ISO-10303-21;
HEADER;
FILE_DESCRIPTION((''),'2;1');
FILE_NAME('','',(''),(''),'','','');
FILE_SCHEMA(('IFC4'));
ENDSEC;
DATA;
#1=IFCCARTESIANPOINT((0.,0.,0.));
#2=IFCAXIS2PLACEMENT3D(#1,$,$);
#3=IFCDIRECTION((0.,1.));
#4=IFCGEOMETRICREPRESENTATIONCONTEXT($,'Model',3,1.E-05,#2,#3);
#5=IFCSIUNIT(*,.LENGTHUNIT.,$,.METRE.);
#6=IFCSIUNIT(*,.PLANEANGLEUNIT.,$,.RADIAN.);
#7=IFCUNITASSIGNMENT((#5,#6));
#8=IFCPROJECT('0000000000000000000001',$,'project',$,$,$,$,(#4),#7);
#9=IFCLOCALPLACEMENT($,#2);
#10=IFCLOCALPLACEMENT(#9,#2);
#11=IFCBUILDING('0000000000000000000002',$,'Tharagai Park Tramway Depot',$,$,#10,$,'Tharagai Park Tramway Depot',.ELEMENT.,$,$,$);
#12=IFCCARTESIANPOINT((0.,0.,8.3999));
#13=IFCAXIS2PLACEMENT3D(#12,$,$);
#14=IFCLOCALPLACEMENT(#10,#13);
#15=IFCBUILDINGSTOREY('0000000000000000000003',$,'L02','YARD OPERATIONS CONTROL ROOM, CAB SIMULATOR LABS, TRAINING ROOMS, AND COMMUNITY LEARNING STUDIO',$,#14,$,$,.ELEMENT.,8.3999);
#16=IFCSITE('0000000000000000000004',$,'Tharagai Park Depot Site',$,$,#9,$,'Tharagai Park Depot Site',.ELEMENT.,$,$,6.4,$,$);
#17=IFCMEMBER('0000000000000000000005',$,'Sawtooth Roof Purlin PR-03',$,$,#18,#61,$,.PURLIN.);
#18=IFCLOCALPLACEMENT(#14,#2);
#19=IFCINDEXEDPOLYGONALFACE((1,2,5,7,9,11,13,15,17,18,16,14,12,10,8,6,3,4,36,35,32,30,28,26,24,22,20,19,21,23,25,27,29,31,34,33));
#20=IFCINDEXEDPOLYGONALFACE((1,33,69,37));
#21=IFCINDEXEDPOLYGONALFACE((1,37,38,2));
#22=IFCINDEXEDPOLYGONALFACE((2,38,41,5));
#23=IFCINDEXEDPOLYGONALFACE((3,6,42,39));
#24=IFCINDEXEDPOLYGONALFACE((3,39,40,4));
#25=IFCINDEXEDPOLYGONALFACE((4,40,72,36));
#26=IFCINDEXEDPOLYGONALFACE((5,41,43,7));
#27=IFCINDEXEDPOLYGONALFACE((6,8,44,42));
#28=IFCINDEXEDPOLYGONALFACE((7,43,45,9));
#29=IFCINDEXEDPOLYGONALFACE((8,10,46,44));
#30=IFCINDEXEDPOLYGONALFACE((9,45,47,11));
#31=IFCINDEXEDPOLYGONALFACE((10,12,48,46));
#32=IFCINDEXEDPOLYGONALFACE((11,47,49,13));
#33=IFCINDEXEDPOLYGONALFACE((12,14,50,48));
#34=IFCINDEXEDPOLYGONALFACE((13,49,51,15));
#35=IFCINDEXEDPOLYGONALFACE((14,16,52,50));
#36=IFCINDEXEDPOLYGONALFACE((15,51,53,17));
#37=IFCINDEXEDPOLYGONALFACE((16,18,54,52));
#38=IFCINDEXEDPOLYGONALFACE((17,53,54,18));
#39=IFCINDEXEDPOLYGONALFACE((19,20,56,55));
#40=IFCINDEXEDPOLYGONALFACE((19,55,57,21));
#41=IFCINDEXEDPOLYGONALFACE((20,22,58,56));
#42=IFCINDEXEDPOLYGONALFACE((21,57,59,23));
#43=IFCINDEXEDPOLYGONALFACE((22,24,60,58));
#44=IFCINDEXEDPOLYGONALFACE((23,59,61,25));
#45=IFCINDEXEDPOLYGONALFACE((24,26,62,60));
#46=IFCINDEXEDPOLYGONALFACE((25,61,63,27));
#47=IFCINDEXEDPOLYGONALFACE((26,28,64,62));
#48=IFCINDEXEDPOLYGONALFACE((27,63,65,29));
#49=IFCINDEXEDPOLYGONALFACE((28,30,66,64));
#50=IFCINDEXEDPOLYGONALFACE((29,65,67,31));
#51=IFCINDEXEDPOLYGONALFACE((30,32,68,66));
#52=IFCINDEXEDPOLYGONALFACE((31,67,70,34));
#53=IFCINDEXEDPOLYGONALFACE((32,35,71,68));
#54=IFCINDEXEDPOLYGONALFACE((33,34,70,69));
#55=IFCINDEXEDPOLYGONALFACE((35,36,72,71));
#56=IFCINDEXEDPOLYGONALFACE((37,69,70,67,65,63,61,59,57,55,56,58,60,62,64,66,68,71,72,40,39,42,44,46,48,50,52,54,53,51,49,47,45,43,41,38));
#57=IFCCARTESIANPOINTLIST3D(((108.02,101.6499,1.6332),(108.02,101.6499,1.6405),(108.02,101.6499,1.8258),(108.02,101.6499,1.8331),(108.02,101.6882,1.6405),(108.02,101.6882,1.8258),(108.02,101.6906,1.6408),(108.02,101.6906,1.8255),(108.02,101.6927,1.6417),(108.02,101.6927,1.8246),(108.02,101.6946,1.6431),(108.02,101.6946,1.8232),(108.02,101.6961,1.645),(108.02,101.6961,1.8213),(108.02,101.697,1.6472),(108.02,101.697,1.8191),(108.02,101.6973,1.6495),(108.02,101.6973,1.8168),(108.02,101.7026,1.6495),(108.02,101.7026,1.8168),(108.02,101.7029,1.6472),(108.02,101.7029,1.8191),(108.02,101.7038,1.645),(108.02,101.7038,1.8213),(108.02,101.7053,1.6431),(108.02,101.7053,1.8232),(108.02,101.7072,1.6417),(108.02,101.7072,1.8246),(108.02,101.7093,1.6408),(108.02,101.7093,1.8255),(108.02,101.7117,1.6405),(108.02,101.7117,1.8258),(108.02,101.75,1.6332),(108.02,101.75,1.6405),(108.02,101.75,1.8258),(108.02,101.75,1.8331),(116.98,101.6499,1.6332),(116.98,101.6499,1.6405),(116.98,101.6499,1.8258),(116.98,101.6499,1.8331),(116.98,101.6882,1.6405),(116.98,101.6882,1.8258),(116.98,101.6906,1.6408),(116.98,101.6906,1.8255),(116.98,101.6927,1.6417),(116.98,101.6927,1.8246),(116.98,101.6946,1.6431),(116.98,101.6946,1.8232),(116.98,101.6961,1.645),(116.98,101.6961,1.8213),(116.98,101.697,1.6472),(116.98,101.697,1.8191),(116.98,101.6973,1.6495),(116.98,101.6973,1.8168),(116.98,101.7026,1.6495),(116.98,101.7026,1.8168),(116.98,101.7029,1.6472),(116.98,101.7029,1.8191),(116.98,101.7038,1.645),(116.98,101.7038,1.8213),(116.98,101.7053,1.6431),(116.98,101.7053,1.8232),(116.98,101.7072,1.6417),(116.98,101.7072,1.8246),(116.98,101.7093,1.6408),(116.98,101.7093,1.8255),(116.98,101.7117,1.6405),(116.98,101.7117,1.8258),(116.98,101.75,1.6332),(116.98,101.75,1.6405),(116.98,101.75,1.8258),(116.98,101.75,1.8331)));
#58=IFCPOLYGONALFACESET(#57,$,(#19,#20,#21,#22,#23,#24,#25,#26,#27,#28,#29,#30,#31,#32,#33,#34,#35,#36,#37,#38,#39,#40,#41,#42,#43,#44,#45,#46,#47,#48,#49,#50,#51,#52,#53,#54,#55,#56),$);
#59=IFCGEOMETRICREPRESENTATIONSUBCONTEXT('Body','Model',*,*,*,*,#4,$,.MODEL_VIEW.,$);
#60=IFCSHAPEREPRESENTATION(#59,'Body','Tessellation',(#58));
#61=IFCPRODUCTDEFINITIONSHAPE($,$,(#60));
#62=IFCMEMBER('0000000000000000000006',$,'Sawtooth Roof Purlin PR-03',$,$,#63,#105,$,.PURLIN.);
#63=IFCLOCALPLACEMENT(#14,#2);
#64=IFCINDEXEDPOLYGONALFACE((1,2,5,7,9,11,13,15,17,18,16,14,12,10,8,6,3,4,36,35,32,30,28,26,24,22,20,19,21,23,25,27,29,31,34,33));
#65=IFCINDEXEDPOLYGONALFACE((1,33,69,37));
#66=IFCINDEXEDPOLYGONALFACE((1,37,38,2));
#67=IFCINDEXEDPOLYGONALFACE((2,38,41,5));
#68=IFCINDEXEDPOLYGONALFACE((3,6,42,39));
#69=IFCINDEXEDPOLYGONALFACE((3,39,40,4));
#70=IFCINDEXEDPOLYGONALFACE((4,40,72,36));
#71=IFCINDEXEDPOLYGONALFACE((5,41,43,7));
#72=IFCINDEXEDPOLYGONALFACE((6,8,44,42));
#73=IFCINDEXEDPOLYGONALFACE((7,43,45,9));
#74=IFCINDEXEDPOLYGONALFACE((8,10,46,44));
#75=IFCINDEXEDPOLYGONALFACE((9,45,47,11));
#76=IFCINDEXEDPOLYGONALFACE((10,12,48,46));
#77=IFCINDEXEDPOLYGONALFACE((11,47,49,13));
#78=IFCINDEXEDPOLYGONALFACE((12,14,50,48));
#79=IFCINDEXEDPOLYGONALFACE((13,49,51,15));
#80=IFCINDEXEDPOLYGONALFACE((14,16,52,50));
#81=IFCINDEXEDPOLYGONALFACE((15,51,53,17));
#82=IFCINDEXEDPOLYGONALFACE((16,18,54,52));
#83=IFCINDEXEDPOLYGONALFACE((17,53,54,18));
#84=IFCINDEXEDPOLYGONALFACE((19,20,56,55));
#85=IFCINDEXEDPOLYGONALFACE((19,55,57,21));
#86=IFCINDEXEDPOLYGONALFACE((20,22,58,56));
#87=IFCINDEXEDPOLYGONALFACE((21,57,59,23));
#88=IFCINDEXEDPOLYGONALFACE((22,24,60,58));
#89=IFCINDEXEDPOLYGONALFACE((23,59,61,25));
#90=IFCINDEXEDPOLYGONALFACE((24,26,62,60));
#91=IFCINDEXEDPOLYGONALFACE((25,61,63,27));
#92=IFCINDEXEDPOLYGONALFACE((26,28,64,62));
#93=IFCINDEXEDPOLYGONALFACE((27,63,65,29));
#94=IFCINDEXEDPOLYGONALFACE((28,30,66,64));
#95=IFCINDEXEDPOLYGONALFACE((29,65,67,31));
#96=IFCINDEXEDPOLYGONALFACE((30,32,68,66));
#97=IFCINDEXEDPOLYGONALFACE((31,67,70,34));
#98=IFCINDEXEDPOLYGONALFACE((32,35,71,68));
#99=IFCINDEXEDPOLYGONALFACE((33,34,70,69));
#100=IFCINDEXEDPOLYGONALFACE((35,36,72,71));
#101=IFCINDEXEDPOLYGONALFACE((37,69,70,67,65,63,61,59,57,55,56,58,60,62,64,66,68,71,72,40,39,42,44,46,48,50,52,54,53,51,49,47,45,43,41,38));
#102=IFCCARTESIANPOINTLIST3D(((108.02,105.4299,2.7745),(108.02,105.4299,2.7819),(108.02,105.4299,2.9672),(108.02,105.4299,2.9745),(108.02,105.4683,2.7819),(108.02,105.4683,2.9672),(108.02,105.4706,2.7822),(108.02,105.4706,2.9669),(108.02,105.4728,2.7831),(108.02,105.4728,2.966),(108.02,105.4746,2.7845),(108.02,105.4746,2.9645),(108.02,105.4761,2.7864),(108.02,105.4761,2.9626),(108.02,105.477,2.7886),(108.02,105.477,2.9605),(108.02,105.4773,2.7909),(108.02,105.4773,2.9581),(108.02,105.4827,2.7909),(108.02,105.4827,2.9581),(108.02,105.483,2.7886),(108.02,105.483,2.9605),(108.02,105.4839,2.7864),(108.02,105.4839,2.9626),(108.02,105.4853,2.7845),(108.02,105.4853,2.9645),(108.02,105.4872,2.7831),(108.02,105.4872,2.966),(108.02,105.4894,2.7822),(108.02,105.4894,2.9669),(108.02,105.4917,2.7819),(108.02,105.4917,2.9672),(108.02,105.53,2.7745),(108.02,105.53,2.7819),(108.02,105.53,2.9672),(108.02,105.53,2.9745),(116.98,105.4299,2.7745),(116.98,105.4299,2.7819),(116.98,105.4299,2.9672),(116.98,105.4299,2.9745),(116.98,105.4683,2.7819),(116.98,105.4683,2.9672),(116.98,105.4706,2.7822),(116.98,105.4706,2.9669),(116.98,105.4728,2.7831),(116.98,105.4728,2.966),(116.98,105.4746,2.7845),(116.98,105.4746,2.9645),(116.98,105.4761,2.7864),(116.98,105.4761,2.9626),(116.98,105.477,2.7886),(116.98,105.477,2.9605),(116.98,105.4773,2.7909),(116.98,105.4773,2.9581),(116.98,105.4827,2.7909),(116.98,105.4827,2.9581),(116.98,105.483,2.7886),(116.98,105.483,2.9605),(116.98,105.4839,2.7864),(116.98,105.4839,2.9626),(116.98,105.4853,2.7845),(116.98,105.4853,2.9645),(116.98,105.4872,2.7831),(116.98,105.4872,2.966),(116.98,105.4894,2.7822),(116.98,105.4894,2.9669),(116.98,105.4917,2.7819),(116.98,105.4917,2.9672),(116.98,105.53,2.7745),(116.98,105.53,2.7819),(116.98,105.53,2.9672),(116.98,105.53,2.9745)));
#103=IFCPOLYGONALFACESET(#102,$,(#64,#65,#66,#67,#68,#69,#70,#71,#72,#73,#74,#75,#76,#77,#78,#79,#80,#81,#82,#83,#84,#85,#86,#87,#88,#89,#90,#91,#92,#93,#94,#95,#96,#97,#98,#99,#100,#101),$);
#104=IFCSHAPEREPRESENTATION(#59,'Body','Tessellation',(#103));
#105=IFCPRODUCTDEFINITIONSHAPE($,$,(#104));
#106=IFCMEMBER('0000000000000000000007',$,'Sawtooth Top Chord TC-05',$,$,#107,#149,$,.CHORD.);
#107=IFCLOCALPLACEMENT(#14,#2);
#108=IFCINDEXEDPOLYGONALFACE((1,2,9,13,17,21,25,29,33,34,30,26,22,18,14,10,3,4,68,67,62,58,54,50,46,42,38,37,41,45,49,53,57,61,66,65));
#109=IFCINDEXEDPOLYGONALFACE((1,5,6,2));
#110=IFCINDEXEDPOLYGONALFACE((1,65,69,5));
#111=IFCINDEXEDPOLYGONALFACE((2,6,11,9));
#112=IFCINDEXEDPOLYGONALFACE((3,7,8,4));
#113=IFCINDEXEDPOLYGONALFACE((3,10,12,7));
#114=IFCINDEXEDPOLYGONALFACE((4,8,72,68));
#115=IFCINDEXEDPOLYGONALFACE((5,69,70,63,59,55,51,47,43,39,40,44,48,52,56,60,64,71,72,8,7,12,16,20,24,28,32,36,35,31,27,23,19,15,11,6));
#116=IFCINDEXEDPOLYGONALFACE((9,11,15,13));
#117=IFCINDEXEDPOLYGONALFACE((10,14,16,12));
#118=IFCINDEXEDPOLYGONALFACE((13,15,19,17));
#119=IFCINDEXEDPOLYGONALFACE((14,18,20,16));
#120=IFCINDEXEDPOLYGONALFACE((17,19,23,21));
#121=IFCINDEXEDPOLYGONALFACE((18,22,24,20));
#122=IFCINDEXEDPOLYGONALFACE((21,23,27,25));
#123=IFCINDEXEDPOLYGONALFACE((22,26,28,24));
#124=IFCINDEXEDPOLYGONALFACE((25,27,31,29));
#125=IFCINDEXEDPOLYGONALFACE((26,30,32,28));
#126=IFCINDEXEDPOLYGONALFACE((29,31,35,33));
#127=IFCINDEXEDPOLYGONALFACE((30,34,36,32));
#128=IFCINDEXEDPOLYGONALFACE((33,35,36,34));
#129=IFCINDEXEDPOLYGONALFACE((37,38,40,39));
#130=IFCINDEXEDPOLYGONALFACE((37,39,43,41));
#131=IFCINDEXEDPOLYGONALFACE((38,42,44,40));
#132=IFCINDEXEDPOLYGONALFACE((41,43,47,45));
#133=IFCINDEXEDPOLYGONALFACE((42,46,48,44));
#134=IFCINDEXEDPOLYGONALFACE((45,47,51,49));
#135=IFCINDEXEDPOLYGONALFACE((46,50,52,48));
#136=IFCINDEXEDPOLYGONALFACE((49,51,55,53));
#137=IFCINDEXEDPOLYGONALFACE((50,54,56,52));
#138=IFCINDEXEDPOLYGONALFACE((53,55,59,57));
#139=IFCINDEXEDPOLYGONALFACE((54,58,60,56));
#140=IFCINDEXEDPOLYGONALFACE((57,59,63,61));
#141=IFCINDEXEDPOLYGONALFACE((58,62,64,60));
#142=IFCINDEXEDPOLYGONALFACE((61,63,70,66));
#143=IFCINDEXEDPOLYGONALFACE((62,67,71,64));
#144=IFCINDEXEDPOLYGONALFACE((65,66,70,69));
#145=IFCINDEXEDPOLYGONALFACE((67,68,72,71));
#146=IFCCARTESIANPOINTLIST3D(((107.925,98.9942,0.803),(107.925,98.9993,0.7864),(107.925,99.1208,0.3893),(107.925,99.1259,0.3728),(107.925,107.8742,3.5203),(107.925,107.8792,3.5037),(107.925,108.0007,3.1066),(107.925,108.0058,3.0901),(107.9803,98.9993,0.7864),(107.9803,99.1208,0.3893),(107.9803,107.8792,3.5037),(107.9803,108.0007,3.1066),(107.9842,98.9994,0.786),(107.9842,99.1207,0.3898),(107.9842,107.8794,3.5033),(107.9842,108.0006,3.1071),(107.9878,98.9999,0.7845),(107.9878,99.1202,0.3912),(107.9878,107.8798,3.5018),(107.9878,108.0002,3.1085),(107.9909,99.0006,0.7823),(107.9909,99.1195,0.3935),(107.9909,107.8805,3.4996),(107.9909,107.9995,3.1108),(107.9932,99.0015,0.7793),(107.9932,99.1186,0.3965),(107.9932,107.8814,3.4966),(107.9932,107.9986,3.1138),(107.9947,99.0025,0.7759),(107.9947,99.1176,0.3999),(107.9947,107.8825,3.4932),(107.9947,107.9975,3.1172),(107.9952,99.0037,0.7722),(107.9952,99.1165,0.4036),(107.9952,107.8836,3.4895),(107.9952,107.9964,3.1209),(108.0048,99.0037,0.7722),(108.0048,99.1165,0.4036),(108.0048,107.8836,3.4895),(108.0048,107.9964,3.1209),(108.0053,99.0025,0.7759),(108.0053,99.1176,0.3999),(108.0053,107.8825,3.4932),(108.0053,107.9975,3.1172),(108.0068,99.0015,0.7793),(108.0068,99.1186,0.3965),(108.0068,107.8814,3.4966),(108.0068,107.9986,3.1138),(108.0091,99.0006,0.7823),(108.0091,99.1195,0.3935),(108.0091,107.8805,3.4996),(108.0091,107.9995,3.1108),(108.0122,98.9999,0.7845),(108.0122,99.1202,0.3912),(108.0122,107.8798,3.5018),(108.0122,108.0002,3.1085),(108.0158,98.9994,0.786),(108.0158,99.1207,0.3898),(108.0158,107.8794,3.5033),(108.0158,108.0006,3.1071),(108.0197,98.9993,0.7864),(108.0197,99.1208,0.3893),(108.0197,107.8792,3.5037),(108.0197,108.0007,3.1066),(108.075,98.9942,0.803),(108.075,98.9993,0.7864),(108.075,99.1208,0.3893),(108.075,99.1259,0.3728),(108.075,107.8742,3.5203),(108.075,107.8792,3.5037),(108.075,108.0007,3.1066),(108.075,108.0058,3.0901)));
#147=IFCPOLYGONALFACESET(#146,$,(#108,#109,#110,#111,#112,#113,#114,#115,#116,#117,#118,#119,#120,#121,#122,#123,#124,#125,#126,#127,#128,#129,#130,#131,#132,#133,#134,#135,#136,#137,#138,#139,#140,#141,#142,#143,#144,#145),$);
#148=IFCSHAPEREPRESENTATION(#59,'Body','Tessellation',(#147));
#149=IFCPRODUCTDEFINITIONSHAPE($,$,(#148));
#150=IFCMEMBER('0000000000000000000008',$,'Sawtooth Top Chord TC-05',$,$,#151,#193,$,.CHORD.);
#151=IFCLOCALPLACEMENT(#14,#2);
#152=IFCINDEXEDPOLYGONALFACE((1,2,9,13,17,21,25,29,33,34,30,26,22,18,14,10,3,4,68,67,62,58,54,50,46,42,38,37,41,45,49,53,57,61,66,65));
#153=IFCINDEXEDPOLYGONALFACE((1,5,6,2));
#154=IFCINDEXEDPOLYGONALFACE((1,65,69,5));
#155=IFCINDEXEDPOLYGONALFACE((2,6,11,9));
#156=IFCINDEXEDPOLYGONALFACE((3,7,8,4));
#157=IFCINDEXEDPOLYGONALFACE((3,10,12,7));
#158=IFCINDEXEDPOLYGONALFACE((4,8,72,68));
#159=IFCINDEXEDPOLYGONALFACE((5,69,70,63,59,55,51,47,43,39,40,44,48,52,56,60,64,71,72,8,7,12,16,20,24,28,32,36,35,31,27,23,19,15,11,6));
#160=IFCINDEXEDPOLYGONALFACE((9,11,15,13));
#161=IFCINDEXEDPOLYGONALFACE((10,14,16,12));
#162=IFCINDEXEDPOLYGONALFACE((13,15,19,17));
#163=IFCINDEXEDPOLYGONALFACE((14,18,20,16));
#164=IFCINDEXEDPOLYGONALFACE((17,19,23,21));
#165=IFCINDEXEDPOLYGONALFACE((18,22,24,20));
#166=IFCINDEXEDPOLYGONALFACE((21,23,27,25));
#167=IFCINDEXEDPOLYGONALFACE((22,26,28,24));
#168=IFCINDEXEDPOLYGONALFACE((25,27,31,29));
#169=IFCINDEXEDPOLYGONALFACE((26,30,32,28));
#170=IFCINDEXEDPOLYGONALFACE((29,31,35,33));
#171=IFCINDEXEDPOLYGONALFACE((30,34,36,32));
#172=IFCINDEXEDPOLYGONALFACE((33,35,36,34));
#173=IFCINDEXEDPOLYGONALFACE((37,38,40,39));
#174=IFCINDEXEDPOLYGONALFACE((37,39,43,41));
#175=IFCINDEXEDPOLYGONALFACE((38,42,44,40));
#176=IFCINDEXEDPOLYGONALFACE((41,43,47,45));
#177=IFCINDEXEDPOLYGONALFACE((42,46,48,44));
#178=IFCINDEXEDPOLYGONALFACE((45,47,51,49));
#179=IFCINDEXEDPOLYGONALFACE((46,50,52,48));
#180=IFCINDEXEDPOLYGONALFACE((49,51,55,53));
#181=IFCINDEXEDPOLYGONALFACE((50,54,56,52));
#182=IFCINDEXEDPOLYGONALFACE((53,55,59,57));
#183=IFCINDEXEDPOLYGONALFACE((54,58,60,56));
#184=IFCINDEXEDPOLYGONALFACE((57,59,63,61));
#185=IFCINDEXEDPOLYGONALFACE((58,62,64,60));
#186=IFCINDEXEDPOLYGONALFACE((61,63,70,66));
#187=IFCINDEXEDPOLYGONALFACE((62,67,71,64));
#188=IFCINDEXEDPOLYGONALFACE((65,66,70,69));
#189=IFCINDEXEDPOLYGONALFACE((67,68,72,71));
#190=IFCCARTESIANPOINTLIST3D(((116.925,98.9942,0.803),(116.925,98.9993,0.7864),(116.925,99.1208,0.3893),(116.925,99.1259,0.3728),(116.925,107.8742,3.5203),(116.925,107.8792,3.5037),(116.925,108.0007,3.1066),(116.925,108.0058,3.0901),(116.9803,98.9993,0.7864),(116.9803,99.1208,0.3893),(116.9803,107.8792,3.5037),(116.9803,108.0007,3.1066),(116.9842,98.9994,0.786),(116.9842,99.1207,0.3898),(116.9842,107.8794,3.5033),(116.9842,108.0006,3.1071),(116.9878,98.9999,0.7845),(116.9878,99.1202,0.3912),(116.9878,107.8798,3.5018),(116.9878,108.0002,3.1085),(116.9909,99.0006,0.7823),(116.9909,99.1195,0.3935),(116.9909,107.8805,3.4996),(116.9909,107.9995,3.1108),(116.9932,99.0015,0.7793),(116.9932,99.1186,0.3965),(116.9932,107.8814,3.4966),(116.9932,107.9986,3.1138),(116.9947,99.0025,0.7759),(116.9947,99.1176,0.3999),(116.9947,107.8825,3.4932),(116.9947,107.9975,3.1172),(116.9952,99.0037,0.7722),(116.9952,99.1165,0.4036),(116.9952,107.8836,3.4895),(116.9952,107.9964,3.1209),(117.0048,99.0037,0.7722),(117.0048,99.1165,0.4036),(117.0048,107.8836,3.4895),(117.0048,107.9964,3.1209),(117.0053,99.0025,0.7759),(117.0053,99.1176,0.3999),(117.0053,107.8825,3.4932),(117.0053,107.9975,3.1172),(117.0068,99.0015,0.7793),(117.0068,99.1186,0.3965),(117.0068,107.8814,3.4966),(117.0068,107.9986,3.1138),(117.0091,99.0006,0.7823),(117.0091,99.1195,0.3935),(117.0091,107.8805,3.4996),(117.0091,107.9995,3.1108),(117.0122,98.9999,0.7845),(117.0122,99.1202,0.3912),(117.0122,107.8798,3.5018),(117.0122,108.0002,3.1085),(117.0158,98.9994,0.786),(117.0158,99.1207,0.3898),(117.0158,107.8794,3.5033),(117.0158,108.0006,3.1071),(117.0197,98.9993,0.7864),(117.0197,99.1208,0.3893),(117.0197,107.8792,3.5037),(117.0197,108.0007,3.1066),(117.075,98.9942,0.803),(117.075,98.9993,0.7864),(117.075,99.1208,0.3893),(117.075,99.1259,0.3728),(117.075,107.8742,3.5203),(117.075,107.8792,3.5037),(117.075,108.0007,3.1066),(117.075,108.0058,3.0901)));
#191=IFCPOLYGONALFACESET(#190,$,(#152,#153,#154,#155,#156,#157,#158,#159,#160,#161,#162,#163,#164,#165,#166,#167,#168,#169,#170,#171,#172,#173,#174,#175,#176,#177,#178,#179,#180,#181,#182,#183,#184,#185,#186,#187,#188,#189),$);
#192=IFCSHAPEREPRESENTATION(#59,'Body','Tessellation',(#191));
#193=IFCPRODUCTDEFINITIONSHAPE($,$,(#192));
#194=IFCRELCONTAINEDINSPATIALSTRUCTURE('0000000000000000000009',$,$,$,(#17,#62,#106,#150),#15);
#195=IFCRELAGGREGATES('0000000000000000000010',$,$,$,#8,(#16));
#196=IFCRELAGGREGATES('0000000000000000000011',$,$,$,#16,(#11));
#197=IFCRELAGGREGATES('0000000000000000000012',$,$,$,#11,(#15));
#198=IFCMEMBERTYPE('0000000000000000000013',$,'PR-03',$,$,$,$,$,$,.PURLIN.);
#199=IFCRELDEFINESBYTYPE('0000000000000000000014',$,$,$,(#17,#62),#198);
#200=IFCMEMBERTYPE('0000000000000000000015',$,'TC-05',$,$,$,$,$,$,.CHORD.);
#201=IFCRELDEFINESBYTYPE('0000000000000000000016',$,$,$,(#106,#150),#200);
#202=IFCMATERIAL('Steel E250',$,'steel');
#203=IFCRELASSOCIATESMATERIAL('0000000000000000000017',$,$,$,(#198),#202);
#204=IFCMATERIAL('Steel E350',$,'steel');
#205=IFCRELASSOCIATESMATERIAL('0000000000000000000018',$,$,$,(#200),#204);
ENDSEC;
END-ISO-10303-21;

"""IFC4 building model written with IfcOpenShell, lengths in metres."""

from ifc_helpers import new_model, si_unit, direction, frame, origin, origin_2d, place, context, subcontext, project, spatial, i_section, extrude, material, material_profile, profile_set, type_object, element, save


model = new_model("IFC4")

# Units and contexts
model_context = context("Model", 3, precision=1e-05, world=origin(), true_north=direction((0.0, 1.0)))
body_context = subcontext(model_context, "Body", "Model", "MODEL_VIEW")
ifc_project = project(units=[si_unit("LENGTHUNIT", "METRE"), si_unit("PLANEANGLEUNIT", "RADIAN")], contexts=[model_context])

# Site, building, storey
site_placement = place(None, origin())
site = spatial("IfcSite", under=ifc_project, at=site_placement, Name="Tharagai Park Depot Site", LongName="Tharagai Park Depot Site", CompositionType="ELEMENT", RefElevation=6.4)
building_placement = place(site_placement, origin())
building = spatial("IfcBuilding", under=site, at=building_placement, Name="Tharagai Park Tramway Depot", LongName="Tharagai Park Tramway Depot", CompositionType="ELEMENT")
storey_placement = place(building_placement, frame((0.0, 0.0, 8.3999)))
storey = spatial("IfcBuildingStorey", under=building, at=storey_placement, Name="L02", Description="YARD OPERATIONS CONTROL ROOM, CAB SIMULATOR LABS, TRAINING ROOMS, AND COMMUNITY LEARNING STUDIO", CompositionType="ELEMENT", Elevation=8.3999)

# Shared definitions
ifc_material_1 = material(Name="Steel E350", Category="steel")

# Members
ifc_material_2 = material(Name="Steel E250", Category="steel")
ifc_material_profile_1 = material_profile(ifc_material_2, i_section(OverallWidth=0.1001, OverallDepth=0.2, WebThickness=0.0054, FlangeThickness=0.0073, FilletRadius=0.009, at=origin_2d()), Name="ISLB 200")
ifc_profile_set_1 = profile_set([ifc_material_profile_1], Name="Steel E250")
member_type_1 = type_object("IfcMemberType", Name="PR-03", PredefinedType="PURLIN", material=ifc_profile_set_1)
for number, where, z_axis, x_axis, name in (
    (1, (108.02, 101.7, 1.7332), (1.0, 0.0, 0.0), (0.0, 1.0, 0.0), "Sawtooth Roof Purlin PR-03"),
    (2, (108.02, 105.48, 2.8745), (1.0, 0.0, 0.0), (0.0, 1.0, 0.0), "Sawtooth Roof Purlin PR-03"),
):
    element("IfcMember", number, at=place(storey_placement, frame(where, z_axis=z_axis, x_axis=x_axis)), inside=storey, type_object=member_type_1, Name=name, PredefinedType="PURLIN", context=body_context, shape_type="SweptSolid", body=[
        extrude(i_section(OverallWidth=0.1001, OverallDepth=0.2, WebThickness=0.0054, FlangeThickness=0.0073, FilletRadius=0.009, at=origin_2d()), origin(), (0.0, 0.0, 1.0), 8.96),
    ])
ifc_material_profile_2 = material_profile(ifc_material_1, i_section(OverallWidth=0.1499, OverallDepth=0.45, WebThickness=0.0095, FlangeThickness=0.0173, FilletRadius=0.0149, at=origin_2d()), Name="ISMB 450")
ifc_profile_set_2 = profile_set([ifc_material_profile_2], Name="Steel E350")
member_type_2 = type_object("IfcMemberType", Name="TC-05", PredefinedType="CHORD", material=ifc_profile_set_2)
for number, where, z_axis, x_axis, name in (
    (3, (108.0, 99.0601, 0.5879), (0.0, 0.956231, 0.292611), (-1.0, 0.0, 0.0), "Sawtooth Top Chord TC-05"),
    (4, (117.0, 99.0601, 0.5879), (0.0, 0.956231, 0.292611), (-1.0, 0.0, 0.0), "Sawtooth Top Chord TC-05"),
):
    element("IfcMember", number, at=place(storey_placement, frame(where, z_axis=z_axis, x_axis=x_axis)), inside=storey, type_object=member_type_2, Name=name, PredefinedType="CHORD", context=body_context, shape_type="SweptSolid", body=[
        extrude(i_section(OverallWidth=0.1499, OverallDepth=0.45, WebThickness=0.0095, FlangeThickness=0.0173, FilletRadius=0.0149, at=origin_2d()), origin(), (0.0, 0.0, 1.0), 9.2864),
    ])

save(model, "model.ifc")
